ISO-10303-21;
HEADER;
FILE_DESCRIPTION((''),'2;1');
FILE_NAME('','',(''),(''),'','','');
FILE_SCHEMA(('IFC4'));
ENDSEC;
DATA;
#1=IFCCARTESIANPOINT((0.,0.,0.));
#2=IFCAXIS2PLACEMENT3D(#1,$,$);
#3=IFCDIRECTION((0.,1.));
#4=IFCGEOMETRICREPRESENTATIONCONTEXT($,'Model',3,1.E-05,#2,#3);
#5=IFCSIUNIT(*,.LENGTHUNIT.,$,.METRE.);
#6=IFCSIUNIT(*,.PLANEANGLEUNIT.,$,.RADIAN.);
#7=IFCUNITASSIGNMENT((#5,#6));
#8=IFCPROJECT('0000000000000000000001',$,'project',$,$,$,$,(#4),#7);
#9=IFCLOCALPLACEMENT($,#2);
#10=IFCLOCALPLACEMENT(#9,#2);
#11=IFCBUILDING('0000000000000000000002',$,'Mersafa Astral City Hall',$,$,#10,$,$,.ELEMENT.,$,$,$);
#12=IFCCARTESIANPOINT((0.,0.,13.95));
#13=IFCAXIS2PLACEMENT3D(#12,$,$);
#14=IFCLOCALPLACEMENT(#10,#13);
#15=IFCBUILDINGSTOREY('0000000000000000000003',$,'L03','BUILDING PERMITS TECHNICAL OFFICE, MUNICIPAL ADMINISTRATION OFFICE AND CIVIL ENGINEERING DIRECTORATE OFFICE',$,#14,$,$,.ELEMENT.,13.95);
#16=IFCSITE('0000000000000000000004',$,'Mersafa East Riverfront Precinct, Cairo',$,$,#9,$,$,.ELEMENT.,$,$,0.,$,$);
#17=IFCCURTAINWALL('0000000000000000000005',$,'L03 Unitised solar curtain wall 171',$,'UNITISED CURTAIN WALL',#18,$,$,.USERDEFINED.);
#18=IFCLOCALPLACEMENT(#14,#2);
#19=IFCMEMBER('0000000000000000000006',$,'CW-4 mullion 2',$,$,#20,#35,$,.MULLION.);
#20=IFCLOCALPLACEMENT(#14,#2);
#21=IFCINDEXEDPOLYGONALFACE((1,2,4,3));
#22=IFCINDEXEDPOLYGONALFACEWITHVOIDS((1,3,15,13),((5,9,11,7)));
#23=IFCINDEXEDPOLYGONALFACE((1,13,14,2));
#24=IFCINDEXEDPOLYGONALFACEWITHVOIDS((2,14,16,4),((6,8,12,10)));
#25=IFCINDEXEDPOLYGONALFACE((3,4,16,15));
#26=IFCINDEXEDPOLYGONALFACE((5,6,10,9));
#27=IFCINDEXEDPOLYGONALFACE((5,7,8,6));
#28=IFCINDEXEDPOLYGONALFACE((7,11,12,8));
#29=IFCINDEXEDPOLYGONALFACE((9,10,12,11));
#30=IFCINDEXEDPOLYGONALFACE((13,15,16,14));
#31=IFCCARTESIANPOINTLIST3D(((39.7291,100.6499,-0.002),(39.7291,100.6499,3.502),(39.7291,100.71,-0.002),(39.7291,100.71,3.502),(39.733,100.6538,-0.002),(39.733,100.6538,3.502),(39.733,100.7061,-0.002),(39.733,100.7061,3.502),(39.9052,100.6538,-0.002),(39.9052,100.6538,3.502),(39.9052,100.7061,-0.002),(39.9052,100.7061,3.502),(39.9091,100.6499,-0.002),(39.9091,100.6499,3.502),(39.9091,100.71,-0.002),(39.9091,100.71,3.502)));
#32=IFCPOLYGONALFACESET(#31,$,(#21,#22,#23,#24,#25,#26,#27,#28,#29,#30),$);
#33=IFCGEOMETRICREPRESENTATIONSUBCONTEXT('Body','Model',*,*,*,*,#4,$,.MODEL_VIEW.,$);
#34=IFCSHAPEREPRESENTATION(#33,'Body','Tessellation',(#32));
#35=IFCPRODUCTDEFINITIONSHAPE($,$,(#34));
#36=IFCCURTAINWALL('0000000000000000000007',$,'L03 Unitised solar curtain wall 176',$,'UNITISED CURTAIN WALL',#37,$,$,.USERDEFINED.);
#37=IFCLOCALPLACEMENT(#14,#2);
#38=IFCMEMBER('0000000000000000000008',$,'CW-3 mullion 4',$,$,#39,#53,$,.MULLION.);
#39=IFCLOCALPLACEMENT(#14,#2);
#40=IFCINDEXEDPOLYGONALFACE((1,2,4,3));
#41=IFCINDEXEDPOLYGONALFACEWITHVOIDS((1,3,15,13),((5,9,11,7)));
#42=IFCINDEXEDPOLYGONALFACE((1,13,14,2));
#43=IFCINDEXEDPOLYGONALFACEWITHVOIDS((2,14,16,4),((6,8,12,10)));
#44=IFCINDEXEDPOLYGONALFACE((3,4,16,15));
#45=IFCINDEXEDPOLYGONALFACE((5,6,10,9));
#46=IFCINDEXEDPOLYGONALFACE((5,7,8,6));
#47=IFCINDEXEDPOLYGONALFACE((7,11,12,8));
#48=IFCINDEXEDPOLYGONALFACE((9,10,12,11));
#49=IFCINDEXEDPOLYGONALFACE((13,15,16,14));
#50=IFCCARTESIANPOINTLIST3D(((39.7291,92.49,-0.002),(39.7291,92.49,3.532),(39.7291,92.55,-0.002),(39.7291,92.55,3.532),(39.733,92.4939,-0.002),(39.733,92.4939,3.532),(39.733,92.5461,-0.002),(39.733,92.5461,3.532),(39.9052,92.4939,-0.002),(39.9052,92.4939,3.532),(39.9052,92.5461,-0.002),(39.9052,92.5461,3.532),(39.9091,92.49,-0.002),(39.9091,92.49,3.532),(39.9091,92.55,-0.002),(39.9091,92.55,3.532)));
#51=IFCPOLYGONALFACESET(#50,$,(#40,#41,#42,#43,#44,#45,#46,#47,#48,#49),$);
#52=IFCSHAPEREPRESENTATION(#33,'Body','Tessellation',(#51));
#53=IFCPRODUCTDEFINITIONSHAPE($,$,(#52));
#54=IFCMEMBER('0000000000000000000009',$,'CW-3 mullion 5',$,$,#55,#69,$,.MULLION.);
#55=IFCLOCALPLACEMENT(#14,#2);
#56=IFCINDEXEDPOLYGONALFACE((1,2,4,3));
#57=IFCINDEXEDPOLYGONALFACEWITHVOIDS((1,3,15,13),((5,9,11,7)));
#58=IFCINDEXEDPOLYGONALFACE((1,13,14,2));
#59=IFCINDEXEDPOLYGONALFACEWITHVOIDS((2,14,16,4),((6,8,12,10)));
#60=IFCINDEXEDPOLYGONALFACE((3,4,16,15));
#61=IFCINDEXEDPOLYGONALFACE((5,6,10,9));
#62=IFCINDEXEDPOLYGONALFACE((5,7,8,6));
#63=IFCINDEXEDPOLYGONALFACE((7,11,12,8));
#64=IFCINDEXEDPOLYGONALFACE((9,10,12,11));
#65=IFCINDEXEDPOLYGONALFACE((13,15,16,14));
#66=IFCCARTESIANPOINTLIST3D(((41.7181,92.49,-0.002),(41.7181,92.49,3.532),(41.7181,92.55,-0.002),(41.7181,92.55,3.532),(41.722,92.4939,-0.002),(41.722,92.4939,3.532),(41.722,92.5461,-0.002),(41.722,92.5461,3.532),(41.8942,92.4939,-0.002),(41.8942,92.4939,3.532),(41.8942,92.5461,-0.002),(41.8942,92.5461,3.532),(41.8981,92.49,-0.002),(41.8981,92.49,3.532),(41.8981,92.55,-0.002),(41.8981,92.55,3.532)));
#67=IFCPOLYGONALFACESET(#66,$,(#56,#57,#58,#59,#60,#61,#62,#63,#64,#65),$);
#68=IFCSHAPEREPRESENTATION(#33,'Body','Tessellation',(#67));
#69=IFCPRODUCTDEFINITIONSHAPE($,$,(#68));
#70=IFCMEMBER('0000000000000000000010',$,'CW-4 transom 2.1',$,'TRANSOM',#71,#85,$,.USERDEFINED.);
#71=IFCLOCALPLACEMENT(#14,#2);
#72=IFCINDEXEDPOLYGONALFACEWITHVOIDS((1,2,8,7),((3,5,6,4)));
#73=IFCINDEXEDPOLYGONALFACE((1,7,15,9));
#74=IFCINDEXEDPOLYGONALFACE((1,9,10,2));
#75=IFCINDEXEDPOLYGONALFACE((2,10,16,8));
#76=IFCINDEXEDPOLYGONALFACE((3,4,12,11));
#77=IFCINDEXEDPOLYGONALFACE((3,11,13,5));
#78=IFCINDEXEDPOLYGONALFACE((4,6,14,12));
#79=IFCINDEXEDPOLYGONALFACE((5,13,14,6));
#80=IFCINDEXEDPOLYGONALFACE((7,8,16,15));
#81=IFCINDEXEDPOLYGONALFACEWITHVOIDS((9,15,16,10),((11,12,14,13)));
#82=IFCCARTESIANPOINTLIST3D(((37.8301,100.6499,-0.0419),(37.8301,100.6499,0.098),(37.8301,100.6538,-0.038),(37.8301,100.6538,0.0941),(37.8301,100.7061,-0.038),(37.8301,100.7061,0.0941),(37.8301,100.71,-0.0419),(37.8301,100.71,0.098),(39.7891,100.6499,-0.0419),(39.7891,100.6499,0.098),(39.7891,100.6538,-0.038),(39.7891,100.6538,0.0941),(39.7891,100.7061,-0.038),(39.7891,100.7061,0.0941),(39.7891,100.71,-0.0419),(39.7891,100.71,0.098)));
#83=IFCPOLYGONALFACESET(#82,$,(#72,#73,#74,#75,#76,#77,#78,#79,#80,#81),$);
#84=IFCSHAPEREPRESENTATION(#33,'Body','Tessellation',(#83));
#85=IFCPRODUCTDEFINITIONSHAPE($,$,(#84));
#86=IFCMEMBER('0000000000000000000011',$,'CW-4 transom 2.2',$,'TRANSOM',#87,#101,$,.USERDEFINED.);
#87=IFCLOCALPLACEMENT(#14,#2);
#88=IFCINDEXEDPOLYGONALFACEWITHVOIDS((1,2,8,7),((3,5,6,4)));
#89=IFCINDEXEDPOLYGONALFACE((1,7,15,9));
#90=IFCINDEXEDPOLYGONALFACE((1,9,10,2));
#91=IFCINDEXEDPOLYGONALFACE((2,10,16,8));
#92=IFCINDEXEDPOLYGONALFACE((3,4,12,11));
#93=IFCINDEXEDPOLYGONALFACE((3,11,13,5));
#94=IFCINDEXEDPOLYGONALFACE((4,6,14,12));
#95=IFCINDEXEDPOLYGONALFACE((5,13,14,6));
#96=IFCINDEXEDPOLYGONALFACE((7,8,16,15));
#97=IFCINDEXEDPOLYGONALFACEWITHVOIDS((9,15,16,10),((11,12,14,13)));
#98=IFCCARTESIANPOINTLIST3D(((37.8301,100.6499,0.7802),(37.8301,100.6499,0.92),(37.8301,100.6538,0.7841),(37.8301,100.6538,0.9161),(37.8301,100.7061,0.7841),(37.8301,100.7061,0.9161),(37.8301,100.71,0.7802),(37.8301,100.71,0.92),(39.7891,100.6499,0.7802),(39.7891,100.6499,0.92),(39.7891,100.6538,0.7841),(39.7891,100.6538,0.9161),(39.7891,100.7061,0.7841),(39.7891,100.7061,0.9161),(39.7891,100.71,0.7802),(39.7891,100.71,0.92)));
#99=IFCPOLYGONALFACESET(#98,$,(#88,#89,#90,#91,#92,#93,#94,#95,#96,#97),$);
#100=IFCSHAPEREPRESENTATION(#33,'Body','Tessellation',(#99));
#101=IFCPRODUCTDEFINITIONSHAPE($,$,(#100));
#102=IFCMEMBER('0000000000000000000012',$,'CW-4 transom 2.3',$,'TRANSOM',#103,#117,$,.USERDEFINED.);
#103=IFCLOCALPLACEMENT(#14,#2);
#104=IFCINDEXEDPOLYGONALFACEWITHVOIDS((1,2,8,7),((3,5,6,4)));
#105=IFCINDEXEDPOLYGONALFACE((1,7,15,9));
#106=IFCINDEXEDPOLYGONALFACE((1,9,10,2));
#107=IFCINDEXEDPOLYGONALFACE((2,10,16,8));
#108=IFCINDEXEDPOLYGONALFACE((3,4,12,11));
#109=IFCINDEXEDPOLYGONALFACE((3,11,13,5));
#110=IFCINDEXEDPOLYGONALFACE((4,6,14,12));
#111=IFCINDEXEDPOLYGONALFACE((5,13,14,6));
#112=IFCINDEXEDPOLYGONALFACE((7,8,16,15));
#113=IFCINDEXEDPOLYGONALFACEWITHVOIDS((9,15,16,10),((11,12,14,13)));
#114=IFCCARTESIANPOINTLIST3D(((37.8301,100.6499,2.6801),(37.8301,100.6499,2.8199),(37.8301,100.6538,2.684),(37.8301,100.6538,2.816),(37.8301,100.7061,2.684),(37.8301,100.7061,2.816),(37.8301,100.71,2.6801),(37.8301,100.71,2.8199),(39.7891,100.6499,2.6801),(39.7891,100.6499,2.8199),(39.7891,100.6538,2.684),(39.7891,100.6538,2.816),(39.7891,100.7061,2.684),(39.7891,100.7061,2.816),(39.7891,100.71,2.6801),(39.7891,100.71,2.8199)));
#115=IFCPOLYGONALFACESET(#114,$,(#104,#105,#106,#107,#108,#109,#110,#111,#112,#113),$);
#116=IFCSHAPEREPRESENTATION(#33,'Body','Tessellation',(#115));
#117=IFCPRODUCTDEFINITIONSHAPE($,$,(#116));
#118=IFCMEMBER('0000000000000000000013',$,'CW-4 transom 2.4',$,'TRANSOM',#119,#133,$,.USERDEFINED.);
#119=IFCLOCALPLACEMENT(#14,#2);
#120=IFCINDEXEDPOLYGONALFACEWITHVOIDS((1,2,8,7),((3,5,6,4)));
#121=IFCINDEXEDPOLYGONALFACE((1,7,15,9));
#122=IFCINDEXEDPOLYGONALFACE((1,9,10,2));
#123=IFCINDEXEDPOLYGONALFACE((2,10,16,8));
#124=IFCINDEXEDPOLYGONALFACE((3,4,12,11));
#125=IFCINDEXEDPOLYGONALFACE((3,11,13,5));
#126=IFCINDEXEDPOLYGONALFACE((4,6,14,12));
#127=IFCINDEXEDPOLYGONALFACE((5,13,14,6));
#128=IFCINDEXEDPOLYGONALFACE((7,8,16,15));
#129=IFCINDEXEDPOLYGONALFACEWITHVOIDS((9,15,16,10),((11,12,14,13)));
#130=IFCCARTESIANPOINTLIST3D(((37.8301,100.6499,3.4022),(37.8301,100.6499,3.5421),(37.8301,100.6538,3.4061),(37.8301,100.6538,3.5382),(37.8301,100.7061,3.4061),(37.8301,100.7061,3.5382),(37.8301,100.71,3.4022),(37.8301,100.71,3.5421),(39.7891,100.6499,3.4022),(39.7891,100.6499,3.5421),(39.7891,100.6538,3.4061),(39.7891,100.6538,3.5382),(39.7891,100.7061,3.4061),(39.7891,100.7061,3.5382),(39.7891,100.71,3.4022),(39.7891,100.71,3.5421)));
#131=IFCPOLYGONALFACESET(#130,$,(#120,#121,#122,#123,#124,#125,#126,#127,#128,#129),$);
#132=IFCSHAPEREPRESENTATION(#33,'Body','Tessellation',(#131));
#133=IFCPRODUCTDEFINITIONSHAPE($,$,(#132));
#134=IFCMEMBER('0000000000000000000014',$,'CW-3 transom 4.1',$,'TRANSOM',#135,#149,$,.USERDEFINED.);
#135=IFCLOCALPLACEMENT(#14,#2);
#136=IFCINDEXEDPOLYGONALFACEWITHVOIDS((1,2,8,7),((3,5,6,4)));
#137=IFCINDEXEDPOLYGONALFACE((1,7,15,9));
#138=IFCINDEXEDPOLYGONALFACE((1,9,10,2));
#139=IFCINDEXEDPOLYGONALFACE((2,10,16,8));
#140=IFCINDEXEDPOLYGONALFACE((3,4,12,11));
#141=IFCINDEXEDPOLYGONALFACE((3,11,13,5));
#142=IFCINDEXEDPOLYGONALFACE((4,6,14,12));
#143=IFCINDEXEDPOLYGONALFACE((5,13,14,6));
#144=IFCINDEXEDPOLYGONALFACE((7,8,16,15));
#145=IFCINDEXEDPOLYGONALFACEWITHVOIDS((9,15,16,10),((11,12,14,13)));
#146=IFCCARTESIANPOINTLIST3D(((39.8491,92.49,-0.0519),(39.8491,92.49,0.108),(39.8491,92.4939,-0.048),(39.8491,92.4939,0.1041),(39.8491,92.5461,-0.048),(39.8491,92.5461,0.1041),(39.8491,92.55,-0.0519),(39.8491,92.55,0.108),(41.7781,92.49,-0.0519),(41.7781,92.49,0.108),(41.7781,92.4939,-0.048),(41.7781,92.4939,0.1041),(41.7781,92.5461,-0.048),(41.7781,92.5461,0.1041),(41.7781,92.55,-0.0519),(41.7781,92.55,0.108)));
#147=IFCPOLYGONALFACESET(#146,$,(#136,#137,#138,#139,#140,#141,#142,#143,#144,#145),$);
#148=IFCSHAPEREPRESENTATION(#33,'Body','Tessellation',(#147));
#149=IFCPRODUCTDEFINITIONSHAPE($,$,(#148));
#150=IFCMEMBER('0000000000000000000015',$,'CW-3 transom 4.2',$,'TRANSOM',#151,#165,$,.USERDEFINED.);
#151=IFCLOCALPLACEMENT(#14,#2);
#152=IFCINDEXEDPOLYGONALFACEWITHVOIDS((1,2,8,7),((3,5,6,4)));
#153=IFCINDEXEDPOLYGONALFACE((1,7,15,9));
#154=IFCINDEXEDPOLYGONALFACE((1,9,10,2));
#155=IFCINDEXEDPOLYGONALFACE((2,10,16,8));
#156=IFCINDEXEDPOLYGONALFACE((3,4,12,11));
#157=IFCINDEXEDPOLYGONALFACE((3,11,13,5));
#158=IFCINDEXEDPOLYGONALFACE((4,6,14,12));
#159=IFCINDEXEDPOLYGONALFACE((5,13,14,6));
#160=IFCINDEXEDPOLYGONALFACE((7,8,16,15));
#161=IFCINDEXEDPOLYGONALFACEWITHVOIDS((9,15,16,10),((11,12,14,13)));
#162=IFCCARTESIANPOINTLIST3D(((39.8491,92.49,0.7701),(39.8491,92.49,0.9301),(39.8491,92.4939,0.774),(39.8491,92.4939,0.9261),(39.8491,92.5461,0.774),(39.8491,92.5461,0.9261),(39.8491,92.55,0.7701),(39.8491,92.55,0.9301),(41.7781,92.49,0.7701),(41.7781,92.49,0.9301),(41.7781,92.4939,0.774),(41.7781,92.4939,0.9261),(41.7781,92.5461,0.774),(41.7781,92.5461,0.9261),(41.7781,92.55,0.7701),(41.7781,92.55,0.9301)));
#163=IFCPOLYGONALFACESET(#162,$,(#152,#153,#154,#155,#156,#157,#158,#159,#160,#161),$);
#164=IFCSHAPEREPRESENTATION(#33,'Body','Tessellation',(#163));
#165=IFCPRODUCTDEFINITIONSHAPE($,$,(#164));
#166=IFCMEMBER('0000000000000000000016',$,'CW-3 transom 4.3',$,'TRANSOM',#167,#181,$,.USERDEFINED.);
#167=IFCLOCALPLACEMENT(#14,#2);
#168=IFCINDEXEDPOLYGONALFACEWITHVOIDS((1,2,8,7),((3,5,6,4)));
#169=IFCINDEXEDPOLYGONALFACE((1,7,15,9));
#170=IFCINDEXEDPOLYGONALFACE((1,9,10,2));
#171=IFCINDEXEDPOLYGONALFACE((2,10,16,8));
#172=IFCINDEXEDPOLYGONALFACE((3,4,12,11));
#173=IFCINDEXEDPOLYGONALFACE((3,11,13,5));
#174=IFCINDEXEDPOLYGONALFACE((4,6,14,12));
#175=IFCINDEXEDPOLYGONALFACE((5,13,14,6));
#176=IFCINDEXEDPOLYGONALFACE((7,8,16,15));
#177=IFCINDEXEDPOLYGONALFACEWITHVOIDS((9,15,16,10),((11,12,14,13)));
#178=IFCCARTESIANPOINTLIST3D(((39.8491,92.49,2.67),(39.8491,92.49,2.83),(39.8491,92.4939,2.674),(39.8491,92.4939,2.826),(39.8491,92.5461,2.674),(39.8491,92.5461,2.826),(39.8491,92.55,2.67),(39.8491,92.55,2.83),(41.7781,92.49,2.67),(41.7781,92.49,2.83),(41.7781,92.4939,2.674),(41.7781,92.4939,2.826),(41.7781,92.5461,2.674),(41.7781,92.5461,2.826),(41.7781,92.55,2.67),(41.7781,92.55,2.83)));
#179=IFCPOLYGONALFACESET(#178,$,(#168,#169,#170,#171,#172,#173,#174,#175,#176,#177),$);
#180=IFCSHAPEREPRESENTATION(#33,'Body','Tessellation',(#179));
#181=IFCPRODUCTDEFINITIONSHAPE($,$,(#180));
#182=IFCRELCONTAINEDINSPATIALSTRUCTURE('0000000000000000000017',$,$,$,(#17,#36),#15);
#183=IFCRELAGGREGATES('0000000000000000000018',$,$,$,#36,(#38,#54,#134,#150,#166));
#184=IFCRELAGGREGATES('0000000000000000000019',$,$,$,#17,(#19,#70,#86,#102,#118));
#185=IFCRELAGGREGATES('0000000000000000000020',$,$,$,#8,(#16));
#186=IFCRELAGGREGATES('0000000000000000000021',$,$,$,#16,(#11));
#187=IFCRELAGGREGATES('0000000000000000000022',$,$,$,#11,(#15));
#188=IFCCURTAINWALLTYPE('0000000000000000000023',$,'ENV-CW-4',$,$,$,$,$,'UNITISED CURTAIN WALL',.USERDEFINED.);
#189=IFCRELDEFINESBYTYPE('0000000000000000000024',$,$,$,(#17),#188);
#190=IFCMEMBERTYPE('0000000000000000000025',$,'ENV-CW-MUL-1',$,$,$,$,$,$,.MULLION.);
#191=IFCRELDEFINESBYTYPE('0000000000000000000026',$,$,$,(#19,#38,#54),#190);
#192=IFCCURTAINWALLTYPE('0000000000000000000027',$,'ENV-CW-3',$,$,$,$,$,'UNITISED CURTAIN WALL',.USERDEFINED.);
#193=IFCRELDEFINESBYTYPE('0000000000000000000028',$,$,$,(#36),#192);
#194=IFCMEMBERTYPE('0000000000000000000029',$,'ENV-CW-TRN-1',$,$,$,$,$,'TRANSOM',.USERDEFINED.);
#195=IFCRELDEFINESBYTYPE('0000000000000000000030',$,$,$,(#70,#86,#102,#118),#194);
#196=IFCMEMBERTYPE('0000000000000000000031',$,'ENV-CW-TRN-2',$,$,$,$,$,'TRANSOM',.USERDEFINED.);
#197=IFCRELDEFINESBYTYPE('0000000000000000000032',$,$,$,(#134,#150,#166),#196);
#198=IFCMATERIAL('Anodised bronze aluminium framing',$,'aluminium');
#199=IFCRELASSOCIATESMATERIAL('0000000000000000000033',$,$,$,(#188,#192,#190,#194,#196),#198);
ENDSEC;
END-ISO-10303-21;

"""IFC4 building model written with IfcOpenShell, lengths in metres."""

from ifc_helpers import new_model, si_unit, direction, frame, origin, origin_2d, place, context, subcontext, project, spatial, hollow_rectangle, extrude, material, material_profile, profile_set, type_object, element, aggregate, save


model = new_model("IFC4")

# Units and contexts
model_context = context("Model", 3, precision=1e-05, world=origin(), true_north=direction((0.0, 1.0)))
body_context = subcontext(model_context, "Body", "Model", "MODEL_VIEW")
ifc_project = project(units=[si_unit("LENGTHUNIT", "METRE"), si_unit("PLANEANGLEUNIT", "RADIAN")], contexts=[model_context])

# Site, building, storey
site_placement = place(None, origin())
site = spatial("IfcSite", under=ifc_project, at=site_placement, Name="Mersafa East Riverfront Precinct, Cairo", CompositionType="ELEMENT", RefElevation=0.0)
building_placement = place(site_placement, origin())
building = spatial("IfcBuilding", under=site, at=building_placement, Name="Mersafa Astral City Hall", CompositionType="ELEMENT")
storey_placement = place(building_placement, frame((0.0, 0.0, 13.95)))
storey = spatial("IfcBuildingStorey", under=building, at=storey_placement, Name="L03", Description="BUILDING PERMITS TECHNICAL OFFICE, MUNICIPAL ADMINISTRATION OFFICE AND CIVIL ENGINEERING DIRECTORATE OFFICE", CompositionType="ELEMENT", Elevation=13.95)

# Curtain wall, member
ifc_material_1 = material(Name="Anodised bronze aluminium framing", Category="aluminium")
curtain_wall_type_1 = type_object("IfcCurtainWallType", Name="ENV-CW-4", ElementType="UNITISED CURTAIN WALL", PredefinedType="USERDEFINED", material=ifc_material_1)
curtain_wall_1_placement = place(storey_placement, origin())
curtain_wall_1 = element("IfcCurtainWall", 1, at=curtain_wall_1_placement, inside=storey, type_object=curtain_wall_type_1, Name="L03 Unitised solar curtain wall 171", ObjectType="UNITISED CURTAIN WALL", PredefinedType="USERDEFINED")
ifc_material_profile_1 = material_profile(ifc_material_1, hollow_rectangle(XDim=0.0601, YDim=0.1799, WallThickness=0.0039, at=origin_2d()), Name="RHS 60x180x4")
ifc_profile_set_1 = profile_set([ifc_material_profile_1], Name="Anodised bronze aluminium framing")
member_type_1 = type_object("IfcMemberType", Name="ENV-CW-MUL-1", PredefinedType="MULLION", material=ifc_profile_set_1)
member_1_placement = place(storey_placement, frame((39.8191, 100.6799, -0.002), z_axis=(0.0, 0.0, 1.0), x_axis=(0.0, -1.0, 0.0)))
member_1 = element("IfcMember", 2, at=member_1_placement, type_object=member_type_1, Name="CW-4 mullion 2", PredefinedType="MULLION", context=body_context, shape_type="SweptSolid", body=[
    extrude(hollow_rectangle(XDim=0.0601, YDim=0.1799, WallThickness=0.0039, at=origin_2d()), origin(), (0.0, 0.0, 1.0), 3.5039),
])

# Curtain wall, members
curtain_wall_type_2 = type_object("IfcCurtainWallType", Name="ENV-CW-3", ElementType="UNITISED CURTAIN WALL", PredefinedType="USERDEFINED", material=ifc_material_1)
curtain_wall_2_placement = place(storey_placement, origin())
curtain_wall_2 = element("IfcCurtainWall", 3, at=curtain_wall_2_placement, inside=storey, type_object=curtain_wall_type_2, Name="L03 Unitised solar curtain wall 176", ObjectType="UNITISED CURTAIN WALL", PredefinedType="USERDEFINED")
member_2_placement = place(storey_placement, frame((39.8191, 92.52, -0.002), z_axis=(0.0, 0.0, 1.0), x_axis=(0.0, 1.0, 0.0)))
member_2 = element("IfcMember", 4, at=member_2_placement, type_object=member_type_1, Name="CW-3 mullion 4", PredefinedType="MULLION", context=body_context, shape_type="SweptSolid", body=[
    extrude(hollow_rectangle(XDim=0.0601, YDim=0.1799, WallThickness=0.0039, at=origin_2d()), origin(), (0.0, 0.0, 1.0), 3.5339),
])
member_3_placement = place(storey_placement, frame((41.8081, 92.52, -0.002), z_axis=(0.0, 0.0, 1.0), x_axis=(0.0, 1.0, 0.0)))
member_3 = element("IfcMember", 5, at=member_3_placement, type_object=member_type_1, Name="CW-3 mullion 5", PredefinedType="MULLION", context=body_context, shape_type="SweptSolid", body=[
    extrude(hollow_rectangle(XDim=0.0601, YDim=0.1799, WallThickness=0.0039, at=origin_2d()), origin(), (0.0, 0.0, 1.0), 3.5339),
])

# Members
ifc_material_profile_2 = material_profile(ifc_material_1, hollow_rectangle(XDim=0.0601, YDim=0.1399, WallThickness=0.0039, at=origin_2d()), Name="RHS 60x140x4")
ifc_profile_set_2 = profile_set([ifc_material_profile_2], Name="Anodised bronze aluminium framing")
member_type_2 = type_object("IfcMemberType", Name="ENV-CW-TRN-1", ElementType="TRANSOM", PredefinedType="USERDEFINED", material=ifc_profile_set_2)
member_4_placement = place(storey_placement, frame((39.7891, 100.6799, 0.0281), z_axis=(-1.0, 0.0, 0.0), x_axis=(0.0, -1.0, 0.0)))
member_4 = element("IfcMember", 6, at=member_4_placement, type_object=member_type_2, Name="CW-4 transom 2.1", ObjectType="TRANSOM", PredefinedType="USERDEFINED", context=body_context, shape_type="SweptSolid", body=[
    extrude(hollow_rectangle(XDim=0.0601, YDim=0.1399, WallThickness=0.0039, at=origin_2d()), origin(), (0.0, 0.0, 1.0), 1.959),
])
member_5_placement = place(storey_placement, frame((39.7891, 100.6799, 0.8501), z_axis=(-1.0, 0.0, 0.0), x_axis=(0.0, -1.0, 0.0)))
member_5 = element("IfcMember", 7, at=member_5_placement, type_object=member_type_2, Name="CW-4 transom 2.2", ObjectType="TRANSOM", PredefinedType="USERDEFINED", context=body_context, shape_type="SweptSolid", body=[
    extrude(hollow_rectangle(XDim=0.0601, YDim=0.1399, WallThickness=0.0039, at=origin_2d()), origin(), (0.0, 0.0, 1.0), 1.959),
])
member_6_placement = place(storey_placement, frame((39.7891, 100.6799, 2.75), z_axis=(-1.0, 0.0, 0.0), x_axis=(0.0, -1.0, 0.0)))
member_6 = element("IfcMember", 8, at=member_6_placement, type_object=member_type_2, Name="CW-4 transom 2.3", ObjectType="TRANSOM", PredefinedType="USERDEFINED", context=body_context, shape_type="SweptSolid", body=[
    extrude(hollow_rectangle(XDim=0.0601, YDim=0.1399, WallThickness=0.0039, at=origin_2d()), origin(), (0.0, 0.0, 1.0), 1.959),
])
member_7_placement = place(storey_placement, frame((39.7891, 100.6799, 3.4722), z_axis=(-1.0, 0.0, 0.0), x_axis=(0.0, -1.0, 0.0)))
member_7 = element("IfcMember", 9, at=member_7_placement, type_object=member_type_2, Name="CW-4 transom 2.4", ObjectType="TRANSOM", PredefinedType="USERDEFINED", context=body_context, shape_type="SweptSolid", body=[
    extrude(hollow_rectangle(XDim=0.0601, YDim=0.1399, WallThickness=0.0039, at=origin_2d()), origin(), (0.0, 0.0, 1.0), 1.959),
])
ifc_material_profile_3 = material_profile(ifc_material_1, hollow_rectangle(XDim=0.0601, YDim=0.1599, WallThickness=0.0039, at=origin_2d()), Name="RHS 60x160x4")
ifc_profile_set_3 = profile_set([ifc_material_profile_3], Name="Anodised bronze aluminium framing")
member_type_3 = type_object("IfcMemberType", Name="ENV-CW-TRN-2", ElementType="TRANSOM", PredefinedType="USERDEFINED", material=ifc_profile_set_3)
member_8_placement = place(storey_placement, frame((39.8491, 92.52, 0.0281), z_axis=(1.0, 0.0, 0.0), x_axis=(0.0, 1.0, 0.0)))
member_8 = element("IfcMember", 10, at=member_8_placement, type_object=member_type_3, Name="CW-3 transom 4.1", ObjectType="TRANSOM", PredefinedType="USERDEFINED", context=body_context, shape_type="SweptSolid", body=[
    extrude(hollow_rectangle(XDim=0.0601, YDim=0.1599, WallThickness=0.0039, at=origin_2d()), origin(), (0.0, 0.0, 1.0), 1.929),
])
member_9_placement = place(storey_placement, frame((39.8491, 92.52, 0.8501), z_axis=(1.0, 0.0, 0.0), x_axis=(0.0, 1.0, 0.0)))
member_9 = element("IfcMember", 11, at=member_9_placement, type_object=member_type_3, Name="CW-3 transom 4.2", ObjectType="TRANSOM", PredefinedType="USERDEFINED", context=body_context, shape_type="SweptSolid", body=[
    extrude(hollow_rectangle(XDim=0.0601, YDim=0.1599, WallThickness=0.0039, at=origin_2d()), origin(), (0.0, 0.0, 1.0), 1.929),
])
member_10_placement = place(storey_placement, frame((39.8491, 92.52, 2.75), z_axis=(1.0, 0.0, 0.0), x_axis=(0.0, 1.0, 0.0)))
member_10 = element("IfcMember", 12, at=member_10_placement, type_object=member_type_3, Name="CW-3 transom 4.3", ObjectType="TRANSOM", PredefinedType="USERDEFINED", context=body_context, shape_type="SweptSolid", body=[
    extrude(hollow_rectangle(XDim=0.0601, YDim=0.1599, WallThickness=0.0039, at=origin_2d()), origin(), (0.0, 0.0, 1.0), 1.929),
])

aggregate(curtain_wall_2, [member_2, member_3, member_8, member_9, member_10])
aggregate(curtain_wall_1, [member_1, member_4, member_5, member_6, member_7])

save(model, "model.ifc")
